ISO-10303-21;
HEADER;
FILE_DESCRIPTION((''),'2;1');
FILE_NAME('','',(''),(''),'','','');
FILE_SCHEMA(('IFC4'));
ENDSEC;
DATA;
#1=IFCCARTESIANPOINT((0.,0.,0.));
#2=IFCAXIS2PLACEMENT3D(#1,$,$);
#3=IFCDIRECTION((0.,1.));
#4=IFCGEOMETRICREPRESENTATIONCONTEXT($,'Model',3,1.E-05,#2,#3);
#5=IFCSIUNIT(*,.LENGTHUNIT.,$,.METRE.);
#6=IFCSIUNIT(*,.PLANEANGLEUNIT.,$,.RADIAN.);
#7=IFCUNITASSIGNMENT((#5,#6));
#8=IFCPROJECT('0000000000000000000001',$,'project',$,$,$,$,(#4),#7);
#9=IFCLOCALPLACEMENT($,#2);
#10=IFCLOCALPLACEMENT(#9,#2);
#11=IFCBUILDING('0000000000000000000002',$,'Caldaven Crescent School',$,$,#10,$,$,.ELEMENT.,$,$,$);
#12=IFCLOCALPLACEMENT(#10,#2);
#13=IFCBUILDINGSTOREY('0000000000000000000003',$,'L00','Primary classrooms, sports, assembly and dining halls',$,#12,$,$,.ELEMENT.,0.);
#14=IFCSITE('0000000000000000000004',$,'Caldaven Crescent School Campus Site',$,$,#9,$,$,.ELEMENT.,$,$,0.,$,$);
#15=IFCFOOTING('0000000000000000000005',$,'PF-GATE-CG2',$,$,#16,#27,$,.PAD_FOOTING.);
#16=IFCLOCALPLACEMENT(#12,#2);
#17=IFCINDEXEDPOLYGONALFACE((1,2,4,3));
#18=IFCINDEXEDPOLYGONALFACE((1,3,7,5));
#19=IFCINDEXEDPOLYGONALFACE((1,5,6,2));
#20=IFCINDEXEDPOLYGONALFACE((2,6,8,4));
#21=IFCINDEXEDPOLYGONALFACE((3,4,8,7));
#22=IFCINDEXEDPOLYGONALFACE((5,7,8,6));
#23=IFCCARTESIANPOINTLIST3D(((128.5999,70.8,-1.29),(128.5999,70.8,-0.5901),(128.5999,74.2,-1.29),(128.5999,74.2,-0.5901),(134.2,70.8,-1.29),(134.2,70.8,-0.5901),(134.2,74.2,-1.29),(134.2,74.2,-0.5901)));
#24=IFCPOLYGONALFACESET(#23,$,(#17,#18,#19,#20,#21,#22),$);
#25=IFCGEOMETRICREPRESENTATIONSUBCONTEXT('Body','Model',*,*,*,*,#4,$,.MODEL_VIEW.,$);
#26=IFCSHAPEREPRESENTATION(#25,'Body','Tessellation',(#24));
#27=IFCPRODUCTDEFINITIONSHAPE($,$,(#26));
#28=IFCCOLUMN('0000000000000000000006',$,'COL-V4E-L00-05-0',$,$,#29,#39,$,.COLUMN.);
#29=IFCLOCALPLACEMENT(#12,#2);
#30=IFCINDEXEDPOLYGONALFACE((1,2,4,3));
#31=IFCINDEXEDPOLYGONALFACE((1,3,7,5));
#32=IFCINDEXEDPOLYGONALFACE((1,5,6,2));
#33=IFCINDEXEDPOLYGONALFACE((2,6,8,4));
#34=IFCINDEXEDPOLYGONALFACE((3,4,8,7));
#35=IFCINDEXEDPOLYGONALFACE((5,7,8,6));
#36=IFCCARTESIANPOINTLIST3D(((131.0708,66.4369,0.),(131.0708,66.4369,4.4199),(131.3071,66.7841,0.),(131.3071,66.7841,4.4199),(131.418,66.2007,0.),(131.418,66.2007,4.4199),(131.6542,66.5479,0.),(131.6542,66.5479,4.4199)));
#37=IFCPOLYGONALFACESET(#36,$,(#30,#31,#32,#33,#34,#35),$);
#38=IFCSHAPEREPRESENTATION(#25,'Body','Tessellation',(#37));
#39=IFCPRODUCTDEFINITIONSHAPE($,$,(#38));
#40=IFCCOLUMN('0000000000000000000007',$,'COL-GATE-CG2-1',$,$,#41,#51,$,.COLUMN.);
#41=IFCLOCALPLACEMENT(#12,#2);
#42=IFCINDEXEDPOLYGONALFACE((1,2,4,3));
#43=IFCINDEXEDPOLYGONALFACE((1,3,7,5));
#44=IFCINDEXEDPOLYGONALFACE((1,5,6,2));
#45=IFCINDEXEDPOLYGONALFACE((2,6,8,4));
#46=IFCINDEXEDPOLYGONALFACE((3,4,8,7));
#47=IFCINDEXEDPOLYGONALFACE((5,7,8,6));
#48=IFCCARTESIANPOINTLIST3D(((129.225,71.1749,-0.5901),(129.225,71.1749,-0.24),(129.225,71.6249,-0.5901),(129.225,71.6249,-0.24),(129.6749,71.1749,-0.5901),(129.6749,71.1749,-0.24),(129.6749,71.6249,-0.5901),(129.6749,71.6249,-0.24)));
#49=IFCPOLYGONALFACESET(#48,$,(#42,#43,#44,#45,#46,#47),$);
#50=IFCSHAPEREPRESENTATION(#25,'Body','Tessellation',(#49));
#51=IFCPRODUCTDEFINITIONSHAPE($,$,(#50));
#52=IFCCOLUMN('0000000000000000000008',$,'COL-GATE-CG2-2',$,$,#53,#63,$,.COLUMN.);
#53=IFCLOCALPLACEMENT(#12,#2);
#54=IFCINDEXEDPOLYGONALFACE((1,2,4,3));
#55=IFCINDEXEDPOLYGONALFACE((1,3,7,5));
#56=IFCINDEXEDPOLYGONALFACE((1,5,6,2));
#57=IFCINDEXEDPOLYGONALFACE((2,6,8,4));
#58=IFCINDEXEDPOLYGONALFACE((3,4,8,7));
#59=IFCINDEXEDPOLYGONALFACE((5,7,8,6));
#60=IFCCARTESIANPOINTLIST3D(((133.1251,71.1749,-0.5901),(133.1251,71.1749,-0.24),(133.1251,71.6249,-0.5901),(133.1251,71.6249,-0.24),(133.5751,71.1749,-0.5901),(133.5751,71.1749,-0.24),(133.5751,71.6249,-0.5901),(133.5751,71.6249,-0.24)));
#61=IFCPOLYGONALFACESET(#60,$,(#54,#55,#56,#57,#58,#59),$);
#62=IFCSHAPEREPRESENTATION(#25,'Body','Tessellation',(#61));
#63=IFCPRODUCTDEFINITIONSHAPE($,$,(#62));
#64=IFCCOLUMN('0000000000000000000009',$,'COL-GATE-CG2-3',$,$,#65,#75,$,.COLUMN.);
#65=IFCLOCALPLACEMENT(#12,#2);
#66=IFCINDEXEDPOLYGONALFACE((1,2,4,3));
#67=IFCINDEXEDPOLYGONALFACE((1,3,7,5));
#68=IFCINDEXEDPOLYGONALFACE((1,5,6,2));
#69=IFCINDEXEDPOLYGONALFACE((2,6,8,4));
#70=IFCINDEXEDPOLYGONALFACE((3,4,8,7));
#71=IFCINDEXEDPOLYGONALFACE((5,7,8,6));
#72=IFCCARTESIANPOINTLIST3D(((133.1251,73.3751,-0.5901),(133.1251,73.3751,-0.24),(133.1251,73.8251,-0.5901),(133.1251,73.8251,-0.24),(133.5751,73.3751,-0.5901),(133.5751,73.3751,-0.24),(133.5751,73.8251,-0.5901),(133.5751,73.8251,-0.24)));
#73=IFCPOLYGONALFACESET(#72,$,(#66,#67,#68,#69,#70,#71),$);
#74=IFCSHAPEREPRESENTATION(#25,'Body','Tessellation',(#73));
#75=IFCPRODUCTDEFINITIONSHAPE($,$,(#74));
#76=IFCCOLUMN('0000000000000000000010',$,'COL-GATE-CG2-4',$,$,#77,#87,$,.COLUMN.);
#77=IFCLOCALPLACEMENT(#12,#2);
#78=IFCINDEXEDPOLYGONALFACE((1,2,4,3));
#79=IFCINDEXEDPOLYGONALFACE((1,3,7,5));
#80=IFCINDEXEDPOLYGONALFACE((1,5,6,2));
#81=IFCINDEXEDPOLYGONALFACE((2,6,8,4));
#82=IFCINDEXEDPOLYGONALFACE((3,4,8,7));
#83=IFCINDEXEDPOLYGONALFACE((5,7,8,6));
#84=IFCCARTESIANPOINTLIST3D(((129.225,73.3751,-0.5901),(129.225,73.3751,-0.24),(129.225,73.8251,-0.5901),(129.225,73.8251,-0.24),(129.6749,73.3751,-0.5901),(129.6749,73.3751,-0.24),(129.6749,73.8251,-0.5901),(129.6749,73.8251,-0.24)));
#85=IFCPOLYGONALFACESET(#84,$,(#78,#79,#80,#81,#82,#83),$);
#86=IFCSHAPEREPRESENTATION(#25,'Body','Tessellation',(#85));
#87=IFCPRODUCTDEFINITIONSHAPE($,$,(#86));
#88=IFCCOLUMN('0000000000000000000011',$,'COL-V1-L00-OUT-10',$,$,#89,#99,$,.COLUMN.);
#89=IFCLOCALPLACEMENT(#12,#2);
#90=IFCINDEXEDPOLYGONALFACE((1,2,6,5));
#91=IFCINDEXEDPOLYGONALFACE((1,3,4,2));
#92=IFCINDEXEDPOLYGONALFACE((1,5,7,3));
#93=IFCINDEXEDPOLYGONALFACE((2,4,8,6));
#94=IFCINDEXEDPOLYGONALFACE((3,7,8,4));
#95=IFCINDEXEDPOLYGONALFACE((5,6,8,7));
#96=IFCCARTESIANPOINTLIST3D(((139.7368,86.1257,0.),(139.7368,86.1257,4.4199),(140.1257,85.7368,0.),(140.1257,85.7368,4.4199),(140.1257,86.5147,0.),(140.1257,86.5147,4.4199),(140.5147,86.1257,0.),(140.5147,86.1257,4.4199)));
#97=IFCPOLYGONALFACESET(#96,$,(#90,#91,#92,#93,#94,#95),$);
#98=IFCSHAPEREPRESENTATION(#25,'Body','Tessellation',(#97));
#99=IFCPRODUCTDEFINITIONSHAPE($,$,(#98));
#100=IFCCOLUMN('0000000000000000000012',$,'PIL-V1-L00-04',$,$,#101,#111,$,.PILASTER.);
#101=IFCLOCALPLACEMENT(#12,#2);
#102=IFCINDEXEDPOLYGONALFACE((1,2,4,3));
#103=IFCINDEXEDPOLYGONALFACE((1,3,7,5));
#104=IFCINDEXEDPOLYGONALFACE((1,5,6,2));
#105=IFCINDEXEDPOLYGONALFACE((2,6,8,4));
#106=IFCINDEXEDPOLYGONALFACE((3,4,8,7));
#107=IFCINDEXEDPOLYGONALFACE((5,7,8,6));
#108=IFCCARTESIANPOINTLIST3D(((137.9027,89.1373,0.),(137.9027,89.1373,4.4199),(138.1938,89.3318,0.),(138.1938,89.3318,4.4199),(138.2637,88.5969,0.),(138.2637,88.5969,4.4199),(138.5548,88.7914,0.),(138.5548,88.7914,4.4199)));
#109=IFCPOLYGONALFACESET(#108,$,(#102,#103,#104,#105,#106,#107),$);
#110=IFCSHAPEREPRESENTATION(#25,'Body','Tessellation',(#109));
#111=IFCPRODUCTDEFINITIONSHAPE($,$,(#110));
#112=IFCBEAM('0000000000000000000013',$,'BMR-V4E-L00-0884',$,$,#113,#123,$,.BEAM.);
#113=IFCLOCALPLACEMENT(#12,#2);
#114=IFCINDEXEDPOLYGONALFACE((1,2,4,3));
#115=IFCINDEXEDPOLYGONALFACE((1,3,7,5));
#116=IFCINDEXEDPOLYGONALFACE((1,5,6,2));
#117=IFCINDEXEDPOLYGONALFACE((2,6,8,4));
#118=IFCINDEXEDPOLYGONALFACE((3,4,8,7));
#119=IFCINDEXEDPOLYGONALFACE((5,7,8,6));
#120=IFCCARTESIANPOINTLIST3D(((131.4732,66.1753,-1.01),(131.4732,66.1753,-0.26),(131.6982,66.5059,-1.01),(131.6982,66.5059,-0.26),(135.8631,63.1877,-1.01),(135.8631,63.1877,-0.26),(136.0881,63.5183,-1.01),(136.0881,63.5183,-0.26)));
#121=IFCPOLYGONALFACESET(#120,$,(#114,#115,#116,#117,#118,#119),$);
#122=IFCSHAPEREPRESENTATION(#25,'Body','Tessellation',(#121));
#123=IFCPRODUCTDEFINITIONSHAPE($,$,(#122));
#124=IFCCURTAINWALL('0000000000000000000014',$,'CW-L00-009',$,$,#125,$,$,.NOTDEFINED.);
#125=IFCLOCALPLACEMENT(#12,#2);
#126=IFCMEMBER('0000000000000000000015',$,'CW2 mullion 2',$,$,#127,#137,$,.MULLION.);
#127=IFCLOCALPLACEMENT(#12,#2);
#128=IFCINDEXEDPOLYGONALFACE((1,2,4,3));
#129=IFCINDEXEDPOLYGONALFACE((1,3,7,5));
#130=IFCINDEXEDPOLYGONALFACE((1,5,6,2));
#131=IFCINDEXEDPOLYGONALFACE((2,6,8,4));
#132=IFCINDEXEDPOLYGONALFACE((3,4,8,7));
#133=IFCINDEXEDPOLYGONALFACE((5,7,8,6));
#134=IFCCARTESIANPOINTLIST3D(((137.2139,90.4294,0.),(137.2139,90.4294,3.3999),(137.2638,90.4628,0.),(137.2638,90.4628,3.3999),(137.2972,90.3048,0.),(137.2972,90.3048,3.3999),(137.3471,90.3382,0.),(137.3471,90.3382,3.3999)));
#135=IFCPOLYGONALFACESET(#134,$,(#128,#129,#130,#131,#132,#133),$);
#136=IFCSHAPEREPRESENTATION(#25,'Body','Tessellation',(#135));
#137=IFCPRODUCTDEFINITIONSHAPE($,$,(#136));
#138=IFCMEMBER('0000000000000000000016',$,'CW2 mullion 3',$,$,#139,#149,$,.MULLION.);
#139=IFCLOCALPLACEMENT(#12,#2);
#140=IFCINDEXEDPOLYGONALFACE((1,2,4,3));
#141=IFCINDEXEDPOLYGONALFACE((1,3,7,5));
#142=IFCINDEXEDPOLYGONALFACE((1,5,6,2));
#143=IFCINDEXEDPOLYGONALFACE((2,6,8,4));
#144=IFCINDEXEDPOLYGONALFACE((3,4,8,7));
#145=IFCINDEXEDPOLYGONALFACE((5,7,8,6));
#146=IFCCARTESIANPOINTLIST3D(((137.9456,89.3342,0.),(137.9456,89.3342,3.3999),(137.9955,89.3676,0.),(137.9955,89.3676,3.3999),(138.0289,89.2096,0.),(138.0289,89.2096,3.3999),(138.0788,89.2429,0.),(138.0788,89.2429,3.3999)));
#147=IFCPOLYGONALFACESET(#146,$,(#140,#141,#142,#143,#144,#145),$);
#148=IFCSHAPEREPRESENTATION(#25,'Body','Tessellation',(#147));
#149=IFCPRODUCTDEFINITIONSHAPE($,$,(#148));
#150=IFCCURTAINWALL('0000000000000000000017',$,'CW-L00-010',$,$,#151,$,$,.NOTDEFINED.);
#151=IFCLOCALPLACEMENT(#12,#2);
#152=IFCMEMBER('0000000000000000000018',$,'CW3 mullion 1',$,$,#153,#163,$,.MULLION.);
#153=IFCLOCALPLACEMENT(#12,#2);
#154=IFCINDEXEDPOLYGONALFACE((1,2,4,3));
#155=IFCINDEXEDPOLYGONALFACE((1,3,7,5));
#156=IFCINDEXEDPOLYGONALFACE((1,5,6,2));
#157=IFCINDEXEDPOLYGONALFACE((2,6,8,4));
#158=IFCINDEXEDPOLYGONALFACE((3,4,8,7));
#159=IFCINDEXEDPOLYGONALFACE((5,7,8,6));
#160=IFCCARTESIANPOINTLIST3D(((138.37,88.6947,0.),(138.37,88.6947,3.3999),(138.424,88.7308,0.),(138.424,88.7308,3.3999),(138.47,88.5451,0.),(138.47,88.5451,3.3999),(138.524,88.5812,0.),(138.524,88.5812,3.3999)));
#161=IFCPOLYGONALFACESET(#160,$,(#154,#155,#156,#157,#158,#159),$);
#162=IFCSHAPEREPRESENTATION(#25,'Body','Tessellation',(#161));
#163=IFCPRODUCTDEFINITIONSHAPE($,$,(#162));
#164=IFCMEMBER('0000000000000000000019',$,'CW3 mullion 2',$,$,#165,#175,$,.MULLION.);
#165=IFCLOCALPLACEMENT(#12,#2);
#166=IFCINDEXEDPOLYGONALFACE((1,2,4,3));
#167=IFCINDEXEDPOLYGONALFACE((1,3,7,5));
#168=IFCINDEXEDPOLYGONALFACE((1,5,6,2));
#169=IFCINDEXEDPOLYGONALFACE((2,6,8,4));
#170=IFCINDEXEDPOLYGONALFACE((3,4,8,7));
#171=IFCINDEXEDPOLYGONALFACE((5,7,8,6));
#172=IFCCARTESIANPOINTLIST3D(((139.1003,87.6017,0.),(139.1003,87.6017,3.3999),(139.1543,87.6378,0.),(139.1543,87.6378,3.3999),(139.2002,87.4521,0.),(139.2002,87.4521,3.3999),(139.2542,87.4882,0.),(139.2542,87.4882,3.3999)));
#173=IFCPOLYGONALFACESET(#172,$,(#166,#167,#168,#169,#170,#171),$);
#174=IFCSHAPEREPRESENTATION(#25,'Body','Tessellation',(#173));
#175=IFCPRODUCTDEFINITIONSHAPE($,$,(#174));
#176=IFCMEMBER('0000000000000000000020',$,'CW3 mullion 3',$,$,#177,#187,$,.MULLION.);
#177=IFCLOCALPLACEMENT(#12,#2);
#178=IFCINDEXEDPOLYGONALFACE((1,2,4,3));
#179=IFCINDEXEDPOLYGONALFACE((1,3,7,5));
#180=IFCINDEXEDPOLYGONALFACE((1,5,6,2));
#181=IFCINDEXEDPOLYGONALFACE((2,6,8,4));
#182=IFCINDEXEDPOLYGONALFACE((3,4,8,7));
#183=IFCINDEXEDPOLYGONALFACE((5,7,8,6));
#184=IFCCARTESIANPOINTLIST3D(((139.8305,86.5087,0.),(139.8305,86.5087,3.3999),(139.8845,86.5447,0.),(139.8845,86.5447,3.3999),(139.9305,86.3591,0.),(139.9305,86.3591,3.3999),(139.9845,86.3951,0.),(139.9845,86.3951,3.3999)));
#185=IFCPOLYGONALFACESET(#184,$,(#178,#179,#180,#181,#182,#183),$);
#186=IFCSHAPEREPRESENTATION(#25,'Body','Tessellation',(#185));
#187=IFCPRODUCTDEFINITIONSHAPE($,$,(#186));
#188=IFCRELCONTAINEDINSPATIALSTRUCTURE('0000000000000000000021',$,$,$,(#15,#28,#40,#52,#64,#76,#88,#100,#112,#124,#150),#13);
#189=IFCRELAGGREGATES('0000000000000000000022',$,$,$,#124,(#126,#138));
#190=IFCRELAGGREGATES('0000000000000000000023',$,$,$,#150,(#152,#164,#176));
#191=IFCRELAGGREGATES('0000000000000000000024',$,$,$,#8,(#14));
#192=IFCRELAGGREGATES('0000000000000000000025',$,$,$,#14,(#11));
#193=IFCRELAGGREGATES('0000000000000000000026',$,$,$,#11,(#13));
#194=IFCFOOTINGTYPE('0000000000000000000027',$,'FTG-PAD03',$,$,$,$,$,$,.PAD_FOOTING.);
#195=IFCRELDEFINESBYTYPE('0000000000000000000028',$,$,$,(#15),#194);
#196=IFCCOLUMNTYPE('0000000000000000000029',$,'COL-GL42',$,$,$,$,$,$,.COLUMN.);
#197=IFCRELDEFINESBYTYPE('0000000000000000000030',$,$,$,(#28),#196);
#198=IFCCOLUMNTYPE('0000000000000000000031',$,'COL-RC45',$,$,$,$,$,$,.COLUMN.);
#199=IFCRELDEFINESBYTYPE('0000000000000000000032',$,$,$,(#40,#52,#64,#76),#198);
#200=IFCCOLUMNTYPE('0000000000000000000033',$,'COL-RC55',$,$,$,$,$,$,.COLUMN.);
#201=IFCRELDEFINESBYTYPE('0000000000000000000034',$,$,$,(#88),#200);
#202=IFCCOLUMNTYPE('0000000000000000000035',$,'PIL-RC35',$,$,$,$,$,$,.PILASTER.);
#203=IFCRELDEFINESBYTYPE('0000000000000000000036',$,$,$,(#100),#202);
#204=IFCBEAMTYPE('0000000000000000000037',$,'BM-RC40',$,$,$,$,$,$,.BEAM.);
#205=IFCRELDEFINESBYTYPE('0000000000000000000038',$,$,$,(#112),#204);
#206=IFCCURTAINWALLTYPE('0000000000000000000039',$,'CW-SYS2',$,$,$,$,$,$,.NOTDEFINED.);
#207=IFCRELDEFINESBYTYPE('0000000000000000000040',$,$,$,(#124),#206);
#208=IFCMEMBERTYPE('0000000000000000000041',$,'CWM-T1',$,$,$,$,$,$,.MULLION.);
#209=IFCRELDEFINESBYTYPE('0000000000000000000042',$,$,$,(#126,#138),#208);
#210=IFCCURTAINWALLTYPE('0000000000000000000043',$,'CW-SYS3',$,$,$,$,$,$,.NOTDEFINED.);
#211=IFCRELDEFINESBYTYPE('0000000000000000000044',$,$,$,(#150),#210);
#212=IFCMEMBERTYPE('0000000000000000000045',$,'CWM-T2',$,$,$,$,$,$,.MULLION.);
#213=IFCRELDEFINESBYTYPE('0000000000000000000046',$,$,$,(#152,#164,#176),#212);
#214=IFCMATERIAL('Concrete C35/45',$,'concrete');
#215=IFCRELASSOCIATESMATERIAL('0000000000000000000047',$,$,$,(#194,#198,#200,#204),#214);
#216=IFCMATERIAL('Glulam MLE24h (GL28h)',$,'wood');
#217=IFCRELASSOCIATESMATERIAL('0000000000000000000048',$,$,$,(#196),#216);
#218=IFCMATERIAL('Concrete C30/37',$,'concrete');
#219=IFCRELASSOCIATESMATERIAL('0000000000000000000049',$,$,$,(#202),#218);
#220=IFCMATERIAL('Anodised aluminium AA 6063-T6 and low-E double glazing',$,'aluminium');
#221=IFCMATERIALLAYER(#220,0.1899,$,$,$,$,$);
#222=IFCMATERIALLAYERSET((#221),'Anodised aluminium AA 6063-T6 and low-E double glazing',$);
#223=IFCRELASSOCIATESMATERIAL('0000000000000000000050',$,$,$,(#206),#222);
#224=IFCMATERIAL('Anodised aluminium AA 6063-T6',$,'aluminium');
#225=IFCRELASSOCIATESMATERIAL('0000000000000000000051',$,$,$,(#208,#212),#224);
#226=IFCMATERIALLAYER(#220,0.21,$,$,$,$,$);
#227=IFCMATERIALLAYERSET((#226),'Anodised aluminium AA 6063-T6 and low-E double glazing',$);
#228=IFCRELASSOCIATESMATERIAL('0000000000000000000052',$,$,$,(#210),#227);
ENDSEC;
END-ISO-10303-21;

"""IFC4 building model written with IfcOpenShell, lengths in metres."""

from ifc_helpers import new_model, si_unit, direction, frame, origin, origin_2d, place, context, subcontext, project, spatial, rectangle, extrude, material, layer, layer_set, material_profile, profile_set, type_object, element, aggregate, save


model = new_model("IFC4")

# Units and contexts
model_context = context("Model", 3, precision=1e-05, world=origin(), true_north=direction((0.0, 1.0)))
body_context = subcontext(model_context, "Body", "Model", "MODEL_VIEW")
ifc_project = project(units=[si_unit("LENGTHUNIT", "METRE"), si_unit("PLANEANGLEUNIT", "RADIAN")], contexts=[model_context])

# Site, building, storey
site_placement = place(None, origin())
site = spatial("IfcSite", under=ifc_project, at=site_placement, Name="Caldaven Crescent School Campus Site", CompositionType="ELEMENT", RefElevation=0.0)
building_placement = place(site_placement, origin())
building = spatial("IfcBuilding", under=site, at=building_placement, Name="Caldaven Crescent School", CompositionType="ELEMENT")
storey_placement = place(building_placement, origin())
storey = spatial("IfcBuildingStorey", under=building, at=storey_placement, Name="L00", Description="Primary classrooms, sports, assembly and dining halls", CompositionType="ELEMENT", Elevation=0.0)

# Footing
ifc_material_1 = material(Name="Concrete C35/45", Category="concrete")
footing_type = type_object("IfcFootingType", Name="FTG-PAD03", PredefinedType="PAD_FOOTING", material=ifc_material_1)
footing_placement = place(storey_placement, frame((131.3999, 72.5, -1.29), z_axis=(0.0, 0.0, 1.0), x_axis=(1.0, 0.0, 0.0)))
element("IfcFooting", 1, at=footing_placement, inside=storey, type_object=footing_type, Name="PF-GATE-CG2", PredefinedType="PAD_FOOTING", context=body_context, shape_type="SweptSolid", body=[
    extrude(rectangle(XDim=5.6001, YDim=3.3999, at=origin_2d()), origin(), (0.0, 0.0, 1.0), 0.7),
])

# Columns
ifc_material_2 = material(Name="Glulam MLE24h (GL28h)", Category="wood")
ifc_material_profile_1 = material_profile(ifc_material_2, rectangle(XDim=0.4199, YDim=0.4199, at=origin_2d()), Name="MLE 420x420")
ifc_profile_set_1 = profile_set([ifc_material_profile_1], Name="Glulam MLE24h (GL28h)")
column_type_1 = type_object("IfcColumnType", Name="COL-GL42", PredefinedType="COLUMN", material=ifc_profile_set_1)
column_1_placement = place(storey_placement, frame((131.3625, 66.4924, 0.0), z_axis=(0.0, 0.0, 1.0), x_axis=(0.826786, -0.562516, 0.0)))
element("IfcColumn", 2, at=column_1_placement, inside=storey, type_object=column_type_1, Name="COL-V4E-L00-05-0", PredefinedType="COLUMN", context=body_context, shape_type="SweptSolid", body=[
    extrude(rectangle(XDim=0.4199, YDim=0.4199, at=origin_2d()), origin(), (0.0, 0.0, 1.0), 4.4199),
])
ifc_material_profile_2 = material_profile(ifc_material_1, rectangle(XDim=0.45, YDim=0.45, at=origin_2d()), Name="RC 450x450")
ifc_profile_set_2 = profile_set([ifc_material_profile_2], Name="Concrete C35/45")
column_type_2 = type_object("IfcColumnType", Name="COL-RC45", PredefinedType="COLUMN", material=ifc_profile_set_2)
for number, where, z_axis, x_axis, name in (
    (3, (129.45, 71.3999, -0.5901), (0.0, 0.0, 1.0), (1.0, 0.0, 0.0), "COL-GATE-CG2-1"),
    (4, (133.3501, 71.3999, -0.5901), (0.0, 0.0, 1.0), (1.0, 0.0, 0.0), "COL-GATE-CG2-2"),
    (5, (133.3501, 73.6001, -0.5901), (0.0, 0.0, 1.0), (1.0, 0.0, 0.0), "COL-GATE-CG2-3"),
    (6, (129.45, 73.6001, -0.5901), (0.0, 0.0, 1.0), (1.0, 0.0, 0.0), "COL-GATE-CG2-4"),
):
    element("IfcColumn", number, at=place(storey_placement, frame(where, z_axis=z_axis, x_axis=x_axis)), inside=storey, type_object=column_type_2, Name=name, PredefinedType="COLUMN", context=body_context, shape_type="SweptSolid", body=[
        extrude(rectangle(XDim=0.45, YDim=0.45, at=origin_2d()), origin(), (0.0, 0.0, 1.0), 0.3501),
    ])
ifc_material_profile_3 = material_profile(ifc_material_1, rectangle(XDim=0.55, YDim=0.55, at=origin_2d()), Name="RC 550x550")
ifc_profile_set_3 = profile_set([ifc_material_profile_3], Name="Concrete C35/45")
column_type_3 = type_object("IfcColumnType", Name="COL-RC55", PredefinedType="COLUMN", material=ifc_profile_set_3)
column_2_placement = place(storey_placement, frame((140.1257, 86.1257, 0.0), z_axis=(0.0, 0.0, 1.0), x_axis=(-0.707107, -0.707107, 0.0)))
element("IfcColumn", 7, at=column_2_placement, inside=storey, type_object=column_type_3, Name="COL-V1-L00-OUT-10", PredefinedType="COLUMN", context=body_context, shape_type="SweptSolid", body=[
    extrude(rectangle(XDim=0.55, YDim=0.55, at=origin_2d()), origin(), (0.0, 0.0, 1.0), 4.4199),
])
ifc_material_3 = material(Name="Concrete C30/37", Category="concrete")
ifc_material_profile_4 = material_profile(ifc_material_3, rectangle(XDim=0.3501, YDim=0.6499, at=origin_2d()), Name="RC 350x650")
ifc_profile_set_4 = profile_set([ifc_material_profile_4], Name="Concrete C30/37")
column_type_4 = type_object("IfcColumnType", Name="PIL-RC35", PredefinedType="PILASTER", material=ifc_profile_set_4)
column_3_placement = place(storey_placement, frame((138.2288, 88.9644, 0.0), z_axis=(0.0, 0.0, 1.0), x_axis=(-0.83147, -0.55557, 0.0)))
element("IfcColumn", 8, at=column_3_placement, inside=storey, type_object=column_type_4, Name="PIL-V1-L00-04", PredefinedType="PILASTER", context=body_context, shape_type="SweptSolid", body=[
    extrude(rectangle(XDim=0.3501, YDim=0.6499, at=origin_2d()), origin(), (0.0, 0.0, 1.0), 4.4199),
])

# Beam
ifc_material_profile_5 = material_profile(ifc_material_1, rectangle(XDim=0.3999, YDim=0.75, at=origin_2d()), Name="RC 400x750")
ifc_profile_set_5 = profile_set([ifc_material_profile_5], Name="Concrete C35/45")
beam_type_1 = type_object("IfcBeamType", Name="BM-RC40", PredefinedType="BEAM", material=ifc_profile_set_5)
beam_1_placement = place(storey_placement, frame((131.5857, 66.3406, -0.635), z_axis=(0.826714, -0.562622, 0.0), x_axis=(0.562622, 0.826714, 0.0)))
element("IfcBeam", 9, at=beam_1_placement, inside=storey, type_object=beam_type_1, Name="BMR-V4E-L00-0884", PredefinedType="BEAM", context=body_context, shape_type="SweptSolid", body=[
    extrude(rectangle(XDim=0.3999, YDim=0.75, at=origin_2d()), origin(), (0.0, 0.0, 1.0), 5.3101),
])

# Curtain walls, members
ifc_material_4 = material(Name="Anodised aluminium AA 6063-T6 and low-E double glazing", Category="aluminium")
ifc_layer_1 = layer(ifc_material_4, 0.1899)
ifc_layer_set_1 = layer_set([ifc_layer_1], Name="Anodised aluminium AA 6063-T6 and low-E double glazing")
curtain_wall_type_1 = type_object("IfcCurtainWallType", Name="CW-SYS2", PredefinedType="NOTDEFINED", material=ifc_layer_set_1)
curtain_wall_1_placement = place(storey_placement, origin())
curtain_wall_1 = element("IfcCurtainWall", 10, at=curtain_wall_1_placement, inside=storey, type_object=curtain_wall_type_1, Name="CW-L00-009", PredefinedType="NOTDEFINED")
ifc_material_5 = material(Name="Anodised aluminium AA 6063-T6", Category="aluminium")
ifc_material_profile_6 = material_profile(ifc_material_5, rectangle(XDim=0.0601, YDim=0.1499, at=origin_2d()), Name="CWM 60x150")
ifc_profile_set_6 = profile_set([ifc_material_profile_6], Name="Anodised aluminium AA 6063-T6")
member_type_1 = type_object("IfcMemberType", Name="CWM-T1", PredefinedType="MULLION", material=ifc_profile_set_6)
member_1_placement = place(storey_placement, frame((137.2805, 90.3838, 0.0), z_axis=(0.0, 0.0, 1.0), x_axis=(0.83147, 0.555569, 0.0)))
member_1 = element("IfcMember", 11, at=member_1_placement, type_object=member_type_1, Name="CW2 mullion 2", PredefinedType="MULLION", context=body_context, shape_type="SweptSolid", body=[
    extrude(rectangle(XDim=0.0601, YDim=0.1499, at=origin_2d()), origin(), (0.0, 0.0, 1.0), 3.3999),
])
member_2_placement = place(storey_placement, frame((138.0122, 89.2886, 0.0), z_axis=(0.0, 0.0, 1.0), x_axis=(0.83147, 0.555569, 0.0)))
member_2 = element("IfcMember", 12, at=member_2_placement, type_object=member_type_1, Name="CW2 mullion 3", PredefinedType="MULLION", context=body_context, shape_type="SweptSolid", body=[
    extrude(rectangle(XDim=0.0601, YDim=0.1499, at=origin_2d()), origin(), (0.0, 0.0, 1.0), 3.3999),
])
ifc_layer_2 = layer(ifc_material_4, 0.21)
ifc_layer_set_2 = layer_set([ifc_layer_2], Name="Anodised aluminium AA 6063-T6 and low-E double glazing")
curtain_wall_type_2 = type_object("IfcCurtainWallType", Name="CW-SYS3", PredefinedType="NOTDEFINED", material=ifc_layer_set_2)
curtain_wall_2_placement = place(storey_placement, origin())
curtain_wall_2 = element("IfcCurtainWall", 13, at=curtain_wall_2_placement, inside=storey, type_object=curtain_wall_type_2, Name="CW-L00-010", PredefinedType="NOTDEFINED")
ifc_material_profile_7 = material_profile(ifc_material_5, rectangle(XDim=0.0649, YDim=0.1799, at=origin_2d()), Name="CWM 65x180")
ifc_profile_set_7 = profile_set([ifc_material_profile_7], Name="Anodised aluminium AA 6063-T6")
member_type_2 = type_object("IfcMemberType", Name="CWM-T2", PredefinedType="MULLION", material=ifc_profile_set_7)
member_3_placement = place(storey_placement, frame((138.447, 88.6379, 0.0), z_axis=(0.0, 0.0, 1.0), x_axis=(0.831469, 0.555572, 0.0)))
member_3 = element("IfcMember", 14, at=member_3_placement, type_object=member_type_2, Name="CW3 mullion 1", PredefinedType="MULLION", context=body_context, shape_type="SweptSolid", body=[
    extrude(rectangle(XDim=0.0649, YDim=0.1799, at=origin_2d()), origin(), (0.0, 0.0, 1.0), 3.3999),
])
member_4_placement = place(storey_placement, frame((139.1772, 87.5449, 0.0), z_axis=(0.0, 0.0, 1.0), x_axis=(0.831469, 0.555572, 0.0)))
member_4 = element("IfcMember", 15, at=member_4_placement, type_object=member_type_2, Name="CW3 mullion 2", PredefinedType="MULLION", context=body_context, shape_type="SweptSolid", body=[
    extrude(rectangle(XDim=0.0649, YDim=0.1799, at=origin_2d()), origin(), (0.0, 0.0, 1.0), 3.3999),
])
member_5_placement = place(storey_placement, frame((139.9075, 86.4519, 0.0), z_axis=(0.0, 0.0, 1.0), x_axis=(0.831469, 0.555572, 0.0)))
member_5 = element("IfcMember", 16, at=member_5_placement, type_object=member_type_2, Name="CW3 mullion 3", PredefinedType="MULLION", context=body_context, shape_type="SweptSolid", body=[
    extrude(rectangle(XDim=0.0649, YDim=0.1799, at=origin_2d()), origin(), (0.0, 0.0, 1.0), 3.3999),
])

aggregate(curtain_wall_1, [member_1, member_2])
aggregate(curtain_wall_2, [member_3, member_4, member_5])

save(model, "model.ifc")
